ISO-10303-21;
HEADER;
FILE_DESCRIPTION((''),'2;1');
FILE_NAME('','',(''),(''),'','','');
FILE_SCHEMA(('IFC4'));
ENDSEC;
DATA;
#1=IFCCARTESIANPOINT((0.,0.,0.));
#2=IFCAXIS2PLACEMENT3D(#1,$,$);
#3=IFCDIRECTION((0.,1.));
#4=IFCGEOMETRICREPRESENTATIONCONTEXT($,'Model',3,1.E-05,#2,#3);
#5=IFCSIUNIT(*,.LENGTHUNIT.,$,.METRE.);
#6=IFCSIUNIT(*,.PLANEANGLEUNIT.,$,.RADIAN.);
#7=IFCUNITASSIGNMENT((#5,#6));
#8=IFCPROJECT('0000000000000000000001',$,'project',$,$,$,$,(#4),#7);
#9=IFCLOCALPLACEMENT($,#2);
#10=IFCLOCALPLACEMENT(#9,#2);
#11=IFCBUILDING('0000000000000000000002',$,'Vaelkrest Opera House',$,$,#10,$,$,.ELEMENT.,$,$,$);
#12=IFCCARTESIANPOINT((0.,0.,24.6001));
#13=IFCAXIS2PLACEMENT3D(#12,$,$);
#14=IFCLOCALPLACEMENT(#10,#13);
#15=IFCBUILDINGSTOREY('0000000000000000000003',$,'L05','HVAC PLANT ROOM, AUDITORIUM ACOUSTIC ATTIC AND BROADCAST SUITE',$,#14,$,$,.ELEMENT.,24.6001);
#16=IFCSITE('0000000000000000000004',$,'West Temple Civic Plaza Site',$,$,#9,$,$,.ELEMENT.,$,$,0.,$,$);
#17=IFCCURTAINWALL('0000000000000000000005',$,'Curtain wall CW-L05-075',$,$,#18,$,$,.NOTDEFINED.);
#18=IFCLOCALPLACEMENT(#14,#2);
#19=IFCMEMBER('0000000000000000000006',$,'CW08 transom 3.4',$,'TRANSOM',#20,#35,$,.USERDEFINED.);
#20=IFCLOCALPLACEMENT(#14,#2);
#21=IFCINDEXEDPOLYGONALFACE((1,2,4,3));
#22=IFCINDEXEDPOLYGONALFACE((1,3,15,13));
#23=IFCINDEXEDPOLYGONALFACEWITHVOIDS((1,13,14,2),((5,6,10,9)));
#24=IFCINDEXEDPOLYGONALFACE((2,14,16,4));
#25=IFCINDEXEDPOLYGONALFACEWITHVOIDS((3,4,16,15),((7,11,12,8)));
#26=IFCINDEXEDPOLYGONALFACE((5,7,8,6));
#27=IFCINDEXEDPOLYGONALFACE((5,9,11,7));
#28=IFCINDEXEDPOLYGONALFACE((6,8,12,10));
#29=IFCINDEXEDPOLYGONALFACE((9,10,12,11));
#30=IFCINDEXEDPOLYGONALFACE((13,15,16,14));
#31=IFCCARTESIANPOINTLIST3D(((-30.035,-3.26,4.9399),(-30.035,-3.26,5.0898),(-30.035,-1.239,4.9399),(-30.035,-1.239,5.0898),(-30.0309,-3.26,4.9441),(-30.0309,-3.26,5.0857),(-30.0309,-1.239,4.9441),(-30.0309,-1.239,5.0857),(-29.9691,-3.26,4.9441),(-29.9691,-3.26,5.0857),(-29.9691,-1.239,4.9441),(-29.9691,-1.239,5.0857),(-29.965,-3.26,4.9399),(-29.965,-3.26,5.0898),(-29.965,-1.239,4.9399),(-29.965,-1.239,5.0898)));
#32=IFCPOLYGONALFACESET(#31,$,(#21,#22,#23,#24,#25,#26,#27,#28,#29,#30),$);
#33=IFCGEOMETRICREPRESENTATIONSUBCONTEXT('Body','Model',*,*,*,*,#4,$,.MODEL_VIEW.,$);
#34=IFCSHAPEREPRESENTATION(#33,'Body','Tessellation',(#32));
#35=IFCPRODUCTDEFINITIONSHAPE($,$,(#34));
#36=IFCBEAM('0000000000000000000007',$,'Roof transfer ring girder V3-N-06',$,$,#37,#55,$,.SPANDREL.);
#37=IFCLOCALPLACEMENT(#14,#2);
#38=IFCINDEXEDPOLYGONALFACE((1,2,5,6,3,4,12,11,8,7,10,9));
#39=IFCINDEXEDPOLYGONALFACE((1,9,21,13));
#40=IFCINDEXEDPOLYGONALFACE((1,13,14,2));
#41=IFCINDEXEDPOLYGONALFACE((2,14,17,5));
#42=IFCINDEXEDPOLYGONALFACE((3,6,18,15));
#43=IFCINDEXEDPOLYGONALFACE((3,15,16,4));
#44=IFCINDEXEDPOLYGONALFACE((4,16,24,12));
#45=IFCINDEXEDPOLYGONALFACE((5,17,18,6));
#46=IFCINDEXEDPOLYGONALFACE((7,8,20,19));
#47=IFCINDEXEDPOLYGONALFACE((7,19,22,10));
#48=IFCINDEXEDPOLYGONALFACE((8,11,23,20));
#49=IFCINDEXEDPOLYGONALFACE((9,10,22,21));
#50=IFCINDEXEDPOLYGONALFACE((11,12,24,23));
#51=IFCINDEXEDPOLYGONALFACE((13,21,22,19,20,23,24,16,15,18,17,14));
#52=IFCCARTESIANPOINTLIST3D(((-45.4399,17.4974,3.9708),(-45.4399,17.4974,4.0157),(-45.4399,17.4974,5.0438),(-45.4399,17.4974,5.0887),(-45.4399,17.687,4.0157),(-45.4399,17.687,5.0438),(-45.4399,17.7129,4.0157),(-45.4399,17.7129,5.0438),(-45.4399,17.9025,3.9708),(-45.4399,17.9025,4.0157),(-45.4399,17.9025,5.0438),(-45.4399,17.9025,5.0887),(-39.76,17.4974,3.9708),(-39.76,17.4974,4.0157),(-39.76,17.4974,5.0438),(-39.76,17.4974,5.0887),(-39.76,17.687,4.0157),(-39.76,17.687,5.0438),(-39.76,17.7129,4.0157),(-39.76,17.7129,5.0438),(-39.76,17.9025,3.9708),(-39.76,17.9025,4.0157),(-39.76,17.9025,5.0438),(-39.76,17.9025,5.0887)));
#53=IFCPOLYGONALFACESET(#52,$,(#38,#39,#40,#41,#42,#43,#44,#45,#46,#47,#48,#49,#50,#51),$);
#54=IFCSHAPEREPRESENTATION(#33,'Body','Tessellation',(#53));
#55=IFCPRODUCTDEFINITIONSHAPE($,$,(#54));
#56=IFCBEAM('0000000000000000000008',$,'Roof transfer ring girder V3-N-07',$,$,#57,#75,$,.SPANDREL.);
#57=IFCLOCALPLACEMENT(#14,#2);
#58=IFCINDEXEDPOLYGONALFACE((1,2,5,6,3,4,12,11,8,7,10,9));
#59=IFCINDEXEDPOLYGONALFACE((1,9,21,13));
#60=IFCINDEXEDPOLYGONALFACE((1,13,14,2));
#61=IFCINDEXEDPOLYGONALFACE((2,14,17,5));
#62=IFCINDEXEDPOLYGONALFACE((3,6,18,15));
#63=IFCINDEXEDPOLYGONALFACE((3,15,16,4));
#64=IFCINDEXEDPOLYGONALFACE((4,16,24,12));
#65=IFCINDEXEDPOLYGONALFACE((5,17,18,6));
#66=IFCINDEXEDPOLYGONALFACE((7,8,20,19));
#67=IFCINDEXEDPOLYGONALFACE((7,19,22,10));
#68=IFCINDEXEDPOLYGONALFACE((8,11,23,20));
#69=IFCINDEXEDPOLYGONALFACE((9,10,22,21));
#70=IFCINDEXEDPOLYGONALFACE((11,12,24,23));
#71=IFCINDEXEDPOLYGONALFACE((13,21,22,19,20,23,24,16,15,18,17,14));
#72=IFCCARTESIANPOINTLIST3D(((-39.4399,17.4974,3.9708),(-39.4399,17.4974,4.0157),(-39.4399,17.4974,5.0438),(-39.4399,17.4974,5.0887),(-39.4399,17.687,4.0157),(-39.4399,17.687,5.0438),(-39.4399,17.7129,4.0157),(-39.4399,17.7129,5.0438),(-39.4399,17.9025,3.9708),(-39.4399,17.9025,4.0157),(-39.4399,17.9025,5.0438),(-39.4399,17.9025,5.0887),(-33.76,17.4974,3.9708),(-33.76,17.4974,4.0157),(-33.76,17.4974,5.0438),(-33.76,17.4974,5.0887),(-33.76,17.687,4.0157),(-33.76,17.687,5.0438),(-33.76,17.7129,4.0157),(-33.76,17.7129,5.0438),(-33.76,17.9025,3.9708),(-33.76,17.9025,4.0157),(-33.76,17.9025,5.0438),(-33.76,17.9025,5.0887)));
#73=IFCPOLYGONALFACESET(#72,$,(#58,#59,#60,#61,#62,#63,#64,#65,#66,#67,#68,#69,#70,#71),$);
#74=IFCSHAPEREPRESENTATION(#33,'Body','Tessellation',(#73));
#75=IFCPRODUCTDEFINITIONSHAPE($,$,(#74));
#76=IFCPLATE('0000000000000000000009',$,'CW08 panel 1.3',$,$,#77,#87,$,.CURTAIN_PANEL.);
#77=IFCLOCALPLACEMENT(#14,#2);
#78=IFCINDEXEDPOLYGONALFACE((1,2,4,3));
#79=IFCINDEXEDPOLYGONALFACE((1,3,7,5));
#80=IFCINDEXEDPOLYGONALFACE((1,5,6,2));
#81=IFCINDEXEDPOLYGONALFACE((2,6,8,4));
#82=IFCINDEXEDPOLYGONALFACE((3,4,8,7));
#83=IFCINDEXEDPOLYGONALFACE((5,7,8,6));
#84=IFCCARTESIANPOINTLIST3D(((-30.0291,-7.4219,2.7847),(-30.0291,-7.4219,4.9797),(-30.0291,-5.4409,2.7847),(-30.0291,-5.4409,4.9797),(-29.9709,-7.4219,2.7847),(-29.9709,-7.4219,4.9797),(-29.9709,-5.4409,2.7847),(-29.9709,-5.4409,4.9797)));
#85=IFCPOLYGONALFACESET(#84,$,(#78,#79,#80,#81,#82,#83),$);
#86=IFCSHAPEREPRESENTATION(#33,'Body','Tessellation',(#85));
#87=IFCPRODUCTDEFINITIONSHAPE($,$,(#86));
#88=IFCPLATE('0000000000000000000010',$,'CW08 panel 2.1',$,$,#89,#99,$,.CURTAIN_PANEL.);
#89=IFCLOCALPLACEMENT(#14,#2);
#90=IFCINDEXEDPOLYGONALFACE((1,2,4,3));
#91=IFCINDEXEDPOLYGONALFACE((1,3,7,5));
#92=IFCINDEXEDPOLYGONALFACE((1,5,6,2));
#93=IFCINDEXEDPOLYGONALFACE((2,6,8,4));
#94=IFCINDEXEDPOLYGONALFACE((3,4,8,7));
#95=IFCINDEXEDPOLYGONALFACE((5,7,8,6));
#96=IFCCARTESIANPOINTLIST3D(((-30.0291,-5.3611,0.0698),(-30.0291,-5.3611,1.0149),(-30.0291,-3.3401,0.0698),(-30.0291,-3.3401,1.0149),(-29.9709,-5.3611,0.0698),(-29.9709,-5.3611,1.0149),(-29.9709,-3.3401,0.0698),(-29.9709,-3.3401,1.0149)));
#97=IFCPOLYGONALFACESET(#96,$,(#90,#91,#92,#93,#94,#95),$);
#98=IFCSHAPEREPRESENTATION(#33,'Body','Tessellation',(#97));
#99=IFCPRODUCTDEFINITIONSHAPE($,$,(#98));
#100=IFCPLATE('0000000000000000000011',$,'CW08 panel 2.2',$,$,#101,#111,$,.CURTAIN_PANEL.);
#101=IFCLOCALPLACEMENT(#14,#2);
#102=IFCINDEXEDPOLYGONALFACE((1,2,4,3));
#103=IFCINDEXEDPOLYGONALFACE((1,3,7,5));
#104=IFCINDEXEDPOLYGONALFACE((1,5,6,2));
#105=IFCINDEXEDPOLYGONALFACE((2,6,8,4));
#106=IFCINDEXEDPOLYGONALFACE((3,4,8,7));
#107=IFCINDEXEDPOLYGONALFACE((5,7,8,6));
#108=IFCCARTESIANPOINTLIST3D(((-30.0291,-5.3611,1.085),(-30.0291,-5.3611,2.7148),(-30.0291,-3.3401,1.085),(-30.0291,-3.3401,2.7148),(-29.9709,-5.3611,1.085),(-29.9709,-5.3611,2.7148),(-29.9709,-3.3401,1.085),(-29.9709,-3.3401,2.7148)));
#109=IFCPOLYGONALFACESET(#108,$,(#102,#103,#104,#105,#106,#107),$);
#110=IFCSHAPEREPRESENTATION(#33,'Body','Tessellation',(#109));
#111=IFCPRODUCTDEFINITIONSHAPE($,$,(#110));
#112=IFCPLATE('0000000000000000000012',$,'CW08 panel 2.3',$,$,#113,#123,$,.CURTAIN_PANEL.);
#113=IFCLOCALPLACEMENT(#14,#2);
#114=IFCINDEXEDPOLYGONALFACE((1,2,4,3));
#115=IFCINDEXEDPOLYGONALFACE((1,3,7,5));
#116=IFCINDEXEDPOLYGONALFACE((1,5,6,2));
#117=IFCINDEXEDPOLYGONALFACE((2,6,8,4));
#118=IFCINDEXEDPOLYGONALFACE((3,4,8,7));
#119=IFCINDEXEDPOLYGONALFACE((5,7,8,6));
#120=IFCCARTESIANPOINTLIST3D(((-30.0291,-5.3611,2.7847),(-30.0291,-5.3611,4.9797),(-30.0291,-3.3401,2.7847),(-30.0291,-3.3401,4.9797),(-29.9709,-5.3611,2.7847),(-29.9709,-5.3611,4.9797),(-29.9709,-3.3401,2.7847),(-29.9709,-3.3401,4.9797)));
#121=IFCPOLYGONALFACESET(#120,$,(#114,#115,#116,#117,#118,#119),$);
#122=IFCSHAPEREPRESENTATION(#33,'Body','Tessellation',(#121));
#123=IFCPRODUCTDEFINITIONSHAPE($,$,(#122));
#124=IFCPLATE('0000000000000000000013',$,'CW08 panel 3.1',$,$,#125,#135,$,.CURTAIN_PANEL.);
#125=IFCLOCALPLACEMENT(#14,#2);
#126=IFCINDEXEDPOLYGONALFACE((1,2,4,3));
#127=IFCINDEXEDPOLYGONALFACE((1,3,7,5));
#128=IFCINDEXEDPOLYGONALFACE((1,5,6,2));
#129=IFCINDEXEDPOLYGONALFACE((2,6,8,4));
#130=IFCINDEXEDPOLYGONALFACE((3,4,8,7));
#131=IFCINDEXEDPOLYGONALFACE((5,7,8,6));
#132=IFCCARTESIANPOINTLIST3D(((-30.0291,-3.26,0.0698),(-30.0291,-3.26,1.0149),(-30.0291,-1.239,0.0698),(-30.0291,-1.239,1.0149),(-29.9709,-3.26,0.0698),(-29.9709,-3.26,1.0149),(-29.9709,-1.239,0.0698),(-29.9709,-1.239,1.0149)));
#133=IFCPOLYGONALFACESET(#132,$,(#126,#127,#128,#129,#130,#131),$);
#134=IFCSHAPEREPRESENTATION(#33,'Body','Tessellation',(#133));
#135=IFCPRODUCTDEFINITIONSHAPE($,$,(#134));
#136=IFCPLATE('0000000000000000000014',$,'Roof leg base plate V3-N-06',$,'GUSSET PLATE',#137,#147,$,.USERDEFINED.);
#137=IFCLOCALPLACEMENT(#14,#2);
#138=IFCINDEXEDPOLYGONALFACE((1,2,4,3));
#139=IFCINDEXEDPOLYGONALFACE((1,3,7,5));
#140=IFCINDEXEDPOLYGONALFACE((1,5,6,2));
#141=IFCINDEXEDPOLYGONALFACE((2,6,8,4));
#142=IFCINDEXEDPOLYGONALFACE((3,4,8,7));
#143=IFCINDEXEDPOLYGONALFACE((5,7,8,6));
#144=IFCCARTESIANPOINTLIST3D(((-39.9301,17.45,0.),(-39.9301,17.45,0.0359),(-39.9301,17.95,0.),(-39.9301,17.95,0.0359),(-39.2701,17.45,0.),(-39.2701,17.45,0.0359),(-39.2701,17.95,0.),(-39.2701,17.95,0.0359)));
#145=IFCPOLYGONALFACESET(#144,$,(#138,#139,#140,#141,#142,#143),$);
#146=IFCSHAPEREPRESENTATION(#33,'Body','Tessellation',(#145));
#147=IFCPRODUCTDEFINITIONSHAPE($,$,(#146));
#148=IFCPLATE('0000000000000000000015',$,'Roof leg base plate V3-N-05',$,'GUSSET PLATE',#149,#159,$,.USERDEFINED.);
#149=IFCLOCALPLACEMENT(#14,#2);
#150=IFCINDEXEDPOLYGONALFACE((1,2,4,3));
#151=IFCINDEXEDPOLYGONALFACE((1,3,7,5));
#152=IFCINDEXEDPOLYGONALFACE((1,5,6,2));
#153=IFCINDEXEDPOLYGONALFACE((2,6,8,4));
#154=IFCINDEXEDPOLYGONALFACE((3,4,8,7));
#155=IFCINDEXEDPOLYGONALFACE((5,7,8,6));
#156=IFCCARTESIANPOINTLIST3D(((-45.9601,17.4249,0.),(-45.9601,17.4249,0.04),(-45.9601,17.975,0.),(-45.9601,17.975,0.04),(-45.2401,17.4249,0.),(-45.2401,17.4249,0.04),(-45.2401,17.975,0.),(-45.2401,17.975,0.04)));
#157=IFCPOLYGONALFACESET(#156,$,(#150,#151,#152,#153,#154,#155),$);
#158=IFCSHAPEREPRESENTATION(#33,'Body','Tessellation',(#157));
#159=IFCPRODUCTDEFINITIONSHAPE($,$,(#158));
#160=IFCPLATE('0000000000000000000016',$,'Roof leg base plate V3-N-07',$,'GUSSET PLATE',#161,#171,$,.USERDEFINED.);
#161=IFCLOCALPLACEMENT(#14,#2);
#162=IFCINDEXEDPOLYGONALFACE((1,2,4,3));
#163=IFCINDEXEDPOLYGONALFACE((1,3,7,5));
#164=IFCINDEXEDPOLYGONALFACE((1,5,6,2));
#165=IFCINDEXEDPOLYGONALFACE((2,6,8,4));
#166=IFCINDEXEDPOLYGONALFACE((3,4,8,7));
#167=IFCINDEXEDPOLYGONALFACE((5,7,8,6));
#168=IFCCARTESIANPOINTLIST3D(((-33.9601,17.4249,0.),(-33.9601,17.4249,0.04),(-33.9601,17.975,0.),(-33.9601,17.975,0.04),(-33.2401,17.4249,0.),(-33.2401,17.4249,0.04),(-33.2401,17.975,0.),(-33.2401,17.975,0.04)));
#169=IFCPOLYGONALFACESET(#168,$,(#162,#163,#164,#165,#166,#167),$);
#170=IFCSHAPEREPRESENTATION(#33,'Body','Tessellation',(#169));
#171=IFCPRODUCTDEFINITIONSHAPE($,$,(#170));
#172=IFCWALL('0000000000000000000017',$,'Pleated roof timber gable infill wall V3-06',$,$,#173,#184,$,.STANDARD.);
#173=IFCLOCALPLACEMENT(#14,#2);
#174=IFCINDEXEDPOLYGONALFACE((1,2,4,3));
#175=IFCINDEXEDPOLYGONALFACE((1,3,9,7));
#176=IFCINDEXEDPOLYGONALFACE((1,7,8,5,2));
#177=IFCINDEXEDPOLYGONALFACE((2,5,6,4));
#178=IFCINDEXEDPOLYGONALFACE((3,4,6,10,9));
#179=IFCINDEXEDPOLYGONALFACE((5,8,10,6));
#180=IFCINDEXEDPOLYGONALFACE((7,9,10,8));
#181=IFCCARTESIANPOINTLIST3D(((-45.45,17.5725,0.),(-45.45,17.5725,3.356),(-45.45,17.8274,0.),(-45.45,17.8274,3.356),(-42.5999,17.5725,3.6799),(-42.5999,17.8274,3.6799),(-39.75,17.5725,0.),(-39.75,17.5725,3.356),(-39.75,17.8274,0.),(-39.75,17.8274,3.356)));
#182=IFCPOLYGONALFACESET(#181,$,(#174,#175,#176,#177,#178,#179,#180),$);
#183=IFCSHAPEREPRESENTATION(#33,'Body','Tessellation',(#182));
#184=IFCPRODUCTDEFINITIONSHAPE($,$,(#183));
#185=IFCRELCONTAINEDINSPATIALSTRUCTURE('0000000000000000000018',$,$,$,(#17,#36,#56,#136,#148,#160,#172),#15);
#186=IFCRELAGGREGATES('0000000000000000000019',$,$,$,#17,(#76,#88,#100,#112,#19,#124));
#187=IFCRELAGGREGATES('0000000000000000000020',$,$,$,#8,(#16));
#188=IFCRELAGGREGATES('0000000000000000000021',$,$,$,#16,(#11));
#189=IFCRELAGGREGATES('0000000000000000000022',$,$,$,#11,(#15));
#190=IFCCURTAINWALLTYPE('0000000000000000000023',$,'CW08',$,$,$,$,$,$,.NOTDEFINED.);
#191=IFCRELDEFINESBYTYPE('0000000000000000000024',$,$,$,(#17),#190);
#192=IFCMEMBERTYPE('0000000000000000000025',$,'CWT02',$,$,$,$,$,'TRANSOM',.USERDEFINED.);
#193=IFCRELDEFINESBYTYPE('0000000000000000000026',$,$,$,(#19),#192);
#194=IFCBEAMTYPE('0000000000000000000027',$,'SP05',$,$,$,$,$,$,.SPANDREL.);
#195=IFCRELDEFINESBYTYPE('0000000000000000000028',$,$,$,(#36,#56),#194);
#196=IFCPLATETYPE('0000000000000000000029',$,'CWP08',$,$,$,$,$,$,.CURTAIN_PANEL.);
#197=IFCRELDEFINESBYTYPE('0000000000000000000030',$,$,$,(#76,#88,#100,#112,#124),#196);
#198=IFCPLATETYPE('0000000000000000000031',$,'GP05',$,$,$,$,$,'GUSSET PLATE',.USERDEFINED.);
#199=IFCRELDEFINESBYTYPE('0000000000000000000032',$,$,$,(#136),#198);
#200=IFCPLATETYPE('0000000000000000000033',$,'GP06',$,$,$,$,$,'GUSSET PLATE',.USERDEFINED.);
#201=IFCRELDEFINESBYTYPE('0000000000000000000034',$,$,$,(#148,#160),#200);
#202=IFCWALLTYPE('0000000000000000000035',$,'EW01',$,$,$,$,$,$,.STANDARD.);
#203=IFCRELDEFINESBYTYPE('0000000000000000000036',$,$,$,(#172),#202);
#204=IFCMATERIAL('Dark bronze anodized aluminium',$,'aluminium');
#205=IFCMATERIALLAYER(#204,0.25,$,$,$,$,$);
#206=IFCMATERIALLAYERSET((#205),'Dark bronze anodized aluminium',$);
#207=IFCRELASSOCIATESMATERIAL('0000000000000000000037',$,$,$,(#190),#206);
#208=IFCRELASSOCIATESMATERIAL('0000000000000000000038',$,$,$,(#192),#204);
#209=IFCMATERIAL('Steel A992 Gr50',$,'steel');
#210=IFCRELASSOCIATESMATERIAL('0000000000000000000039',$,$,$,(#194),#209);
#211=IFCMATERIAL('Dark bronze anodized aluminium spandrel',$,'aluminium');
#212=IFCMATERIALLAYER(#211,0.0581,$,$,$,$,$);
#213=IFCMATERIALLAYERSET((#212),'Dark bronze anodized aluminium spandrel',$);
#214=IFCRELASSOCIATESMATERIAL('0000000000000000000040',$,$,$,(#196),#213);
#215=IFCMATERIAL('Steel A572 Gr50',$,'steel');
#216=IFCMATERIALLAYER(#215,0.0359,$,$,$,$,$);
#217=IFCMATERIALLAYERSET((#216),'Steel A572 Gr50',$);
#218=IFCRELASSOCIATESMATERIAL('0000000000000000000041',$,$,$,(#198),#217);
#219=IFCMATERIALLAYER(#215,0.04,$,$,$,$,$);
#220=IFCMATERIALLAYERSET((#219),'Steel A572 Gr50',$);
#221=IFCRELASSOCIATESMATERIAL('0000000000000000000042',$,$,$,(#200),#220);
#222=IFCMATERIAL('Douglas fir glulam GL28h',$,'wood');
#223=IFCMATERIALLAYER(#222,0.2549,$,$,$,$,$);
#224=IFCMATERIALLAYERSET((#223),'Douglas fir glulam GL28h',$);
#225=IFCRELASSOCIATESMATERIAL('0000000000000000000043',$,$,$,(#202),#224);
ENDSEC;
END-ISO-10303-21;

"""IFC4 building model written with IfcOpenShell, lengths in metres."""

from ifc_helpers import new_model, si_unit, direction, frame, origin, origin_2d, place, context, subcontext, project, spatial, polyline, rectangle, hollow_rectangle, i_section, outline, extrude, material, layer, layer_set, material_profile, profile_set, type_object, element, aggregate, save


model = new_model("IFC4")

# Units and contexts
model_context = context("Model", 3, precision=1e-05, world=origin(), true_north=direction((0.0, 1.0)))
body_context = subcontext(model_context, "Body", "Model", "MODEL_VIEW")
ifc_project = project(units=[si_unit("LENGTHUNIT", "METRE"), si_unit("PLANEANGLEUNIT", "RADIAN")], contexts=[model_context])

# Site, building, storey
site_placement = place(None, origin())
site = spatial("IfcSite", under=ifc_project, at=site_placement, Name="West Temple Civic Plaza Site", CompositionType="ELEMENT", RefElevation=0.0)
building_placement = place(site_placement, origin())
building = spatial("IfcBuilding", under=site, at=building_placement, Name="Vaelkrest Opera House", CompositionType="ELEMENT")
storey_placement = place(building_placement, frame((0.0, 0.0, 24.6001)))
storey = spatial("IfcBuildingStorey", under=building, at=storey_placement, Name="L05", Description="HVAC PLANT ROOM, AUDITORIUM ACOUSTIC ATTIC AND BROADCAST SUITE", CompositionType="ELEMENT", Elevation=24.6001)

# Curtain wall, member
ifc_material_1 = material(Name="Dark bronze anodized aluminium", Category="aluminium")
ifc_layer_1 = layer(ifc_material_1, 0.25)
ifc_layer_set_1 = layer_set([ifc_layer_1], Name="Dark bronze anodized aluminium")
curtain_wall_type = type_object("IfcCurtainWallType", Name="CW08", PredefinedType="NOTDEFINED", material=ifc_layer_set_1)
curtain_wall_placement = place(storey_placement, origin())
curtain_wall = element("IfcCurtainWall", 1, at=curtain_wall_placement, inside=storey, type_object=curtain_wall_type, Name="Curtain wall CW-L05-075", PredefinedType="NOTDEFINED")
ifc_material_profile_1 = material_profile(ifc_material_1, hollow_rectangle(XDim=0.0701, YDim=0.1499, WallThickness=0.0042, at=origin_2d()), Name="CWT70X150")
ifc_profile_set_1 = profile_set([ifc_material_profile_1], Name="Dark bronze anodized aluminium")
member_type_1 = type_object("IfcMemberType", Name="CWT02", ElementType="TRANSOM", PredefinedType="USERDEFINED", material=ifc_profile_set_1)
member_1_placement = place(storey_placement, frame((-30.0, -3.26, 5.0149), z_axis=(0.0, 1.0, 0.0), x_axis=(-1.0, 0.0, 0.0)))
member_1 = element("IfcMember", 2, at=member_1_placement, type_object=member_type_1, Name="CW08 transom 3.4", ObjectType="TRANSOM", PredefinedType="USERDEFINED", context=body_context, shape_type="SweptSolid", body=[
    extrude(hollow_rectangle(XDim=0.0701, YDim=0.1499, WallThickness=0.0042, at=origin_2d()), origin(), (0.0, 0.0, 1.0), 2.021),
])

# Beams
ifc_material_2 = material(Name="Steel A992 Gr50", Category="steel")
ifc_material_profile_2 = material_profile(ifc_material_2, i_section(OverallWidth=0.405, OverallDepth=1.1179, WebThickness=0.0259, FlangeThickness=0.0449, at=origin_2d()), Name="W44X335")
ifc_profile_set_2 = profile_set([ifc_material_profile_2], Name="Steel A992 Gr50")
beam_type = type_object("IfcBeamType", Name="SP05", PredefinedType="SPANDREL", material=ifc_profile_set_2)
for number, where, z_axis, x_axis, name in (
    (3, (-45.4399, 17.7, 4.5298), (1.0, 0.0, 0.0), (0.0, 1.0, 0.0), "Roof transfer ring girder V3-N-06"),
    (4, (-39.4399, 17.7, 4.5298), (1.0, 0.0, 0.0), (0.0, 1.0, 0.0), "Roof transfer ring girder V3-N-07"),
):
    element("IfcBeam", number, at=place(storey_placement, frame(where, z_axis=z_axis, x_axis=x_axis)), inside=storey, type_object=beam_type, Name=name, PredefinedType="SPANDREL", context=body_context, shape_type="SweptSolid", body=[
        extrude(i_section(OverallWidth=0.405, OverallDepth=1.1179, WebThickness=0.0259, FlangeThickness=0.0449, at=origin_2d()), origin(), (0.0, 0.0, 1.0), 5.6799),
    ])

# Plates
ifc_material_3 = material(Name="Dark bronze anodized aluminium spandrel", Category="aluminium")
ifc_layer_2 = layer(ifc_material_3, 0.0581)
ifc_layer_set_2 = layer_set([ifc_layer_2], Name="Dark bronze anodized aluminium spandrel")
plate_type_1 = type_object("IfcPlateType", Name="CWP08", PredefinedType="CURTAIN_PANEL", material=ifc_layer_set_2)
plate_1_placement = place(storey_placement, frame((-30.0, -6.4314, 2.7847), z_axis=(0.0, 0.0, 1.0), x_axis=(0.0, 1.0, 0.0)))
plate_1 = element("IfcPlate", 5, at=plate_1_placement, type_object=plate_type_1, Name="CW08 panel 1.3", PredefinedType="CURTAIN_PANEL", context=body_context, shape_type="SweptSolid", body=[
    extrude(rectangle(XDim=1.981, YDim=0.0581, at=origin_2d()), origin(), (0.0, 0.0, 1.0), 2.1951),
])
plate_2_placement = place(storey_placement, frame((-30.0, -4.3506, 0.0698), z_axis=(0.0, 0.0, 1.0), x_axis=(0.0, 1.0, 0.0)))
plate_2 = element("IfcPlate", 6, at=plate_2_placement, type_object=plate_type_1, Name="CW08 panel 2.1", PredefinedType="CURTAIN_PANEL", context=body_context, shape_type="SweptSolid", body=[
    extrude(rectangle(XDim=2.021, YDim=0.0581, at=origin_2d()), origin(), (0.0, 0.0, 1.0), 0.9451),
])
plate_3_placement = place(storey_placement, frame((-30.0, -4.3506, 1.085), z_axis=(0.0, 0.0, 1.0), x_axis=(0.0, 1.0, 0.0)))
plate_3 = element("IfcPlate", 7, at=plate_3_placement, type_object=plate_type_1, Name="CW08 panel 2.2", PredefinedType="CURTAIN_PANEL", context=body_context, shape_type="SweptSolid", body=[
    extrude(rectangle(XDim=2.021, YDim=0.0581, at=origin_2d()), origin(), (0.0, 0.0, 1.0), 1.6299),
])
plate_4_placement = place(storey_placement, frame((-30.0, -4.3506, 2.7847), z_axis=(0.0, 0.0, 1.0), x_axis=(0.0, 1.0, 0.0)))
plate_4 = element("IfcPlate", 8, at=plate_4_placement, type_object=plate_type_1, Name="CW08 panel 2.3", PredefinedType="CURTAIN_PANEL", context=body_context, shape_type="SweptSolid", body=[
    extrude(rectangle(XDim=2.021, YDim=0.0581, at=origin_2d()), origin(), (0.0, 0.0, 1.0), 2.1951),
])
plate_5_placement = place(storey_placement, frame((-30.0, -2.2495, 0.0698), z_axis=(0.0, 0.0, 1.0), x_axis=(0.0, 1.0, 0.0)))
plate_5 = element("IfcPlate", 9, at=plate_5_placement, type_object=plate_type_1, Name="CW08 panel 3.1", PredefinedType="CURTAIN_PANEL", context=body_context, shape_type="SweptSolid", body=[
    extrude(rectangle(XDim=2.021, YDim=0.0581, at=origin_2d()), origin(), (0.0, 0.0, 1.0), 0.9451),
])
aggregate(curtain_wall, [plate_1, plate_2, plate_3, plate_4, member_1, plate_5])

# Plates
ifc_material_4 = material(Name="Steel A572 Gr50", Category="steel")
ifc_layer_3 = layer(ifc_material_4, 0.0359)
ifc_layer_set_3 = layer_set([ifc_layer_3], Name="Steel A572 Gr50")
plate_type_2 = type_object("IfcPlateType", Name="GP05", ElementType="GUSSET PLATE", PredefinedType="USERDEFINED", material=ifc_layer_set_3)
plate_6_placement = place(storey_placement, frame((-39.6001, 17.7, 0.0), z_axis=(0.0, 0.0, 1.0), x_axis=(1.0, 0.0, 0.0)))
element("IfcPlate", 10, at=plate_6_placement, inside=storey, type_object=plate_type_2, Name="Roof leg base plate V3-N-06", ObjectType="GUSSET PLATE", PredefinedType="USERDEFINED", context=body_context, shape_type="SweptSolid", body=[
    extrude(rectangle(XDim=0.6599, YDim=0.5, at=origin_2d()), origin(), (0.0, 0.0, 1.0), 0.0359),
])
ifc_layer_4 = layer(ifc_material_4, 0.04)
ifc_layer_set_4 = layer_set([ifc_layer_4], Name="Steel A572 Gr50")
plate_type_3 = type_object("IfcPlateType", Name="GP06", ElementType="GUSSET PLATE", PredefinedType="USERDEFINED", material=ifc_layer_set_4)
for number, where, z_axis, x_axis, name in (
    (11, (-45.6001, 17.7, 0.0), (0.0, 0.0, 1.0), (1.0, 0.0, 0.0), "Roof leg base plate V3-N-05"),
    (12, (-33.6001, 17.7, 0.0), (0.0, 0.0, 1.0), (1.0, 0.0, 0.0), "Roof leg base plate V3-N-07"),
):
    element("IfcPlate", number, at=place(storey_placement, frame(where, z_axis=z_axis, x_axis=x_axis)), inside=storey, type_object=plate_type_3, Name=name, ObjectType="GUSSET PLATE", PredefinedType="USERDEFINED", context=body_context, shape_type="SweptSolid", body=[
        extrude(rectangle(XDim=0.72, YDim=0.55, at=origin_2d()), origin(), (0.0, 0.0, 1.0), 0.04),
    ])

# Wall
ifc_material_5 = material(Name="Douglas fir glulam GL28h", Category="wood")
ifc_layer_5 = layer(ifc_material_5, 0.2549)
ifc_layer_set_5 = layer_set([ifc_layer_5], Name="Douglas fir glulam GL28h")
wall_type = type_object("IfcWallType", Name="EW01", PredefinedType="STANDARD", material=ifc_layer_set_5)
for number, where, z_axis, x_axis, name in (
    (13, (-45.45, 17.7, 0.0), (0.0, 0.0, 1.0), (1.0, 0.0, 0.0), "Pleated roof timber gable infill wall V3-06"),
):
    element("IfcWall", number, at=place(storey_placement, frame(where, z_axis=z_axis, x_axis=x_axis)), inside=storey, type_object=wall_type, Name=name, PredefinedType="STANDARD", context=body_context, shape_type="SweptSolid", body=[
        extrude(outline(polyline([(0.0, 0.0), (5.7, 0.0), (5.7, 3.356), (2.8501, 3.6799), (0.0, 3.356), (0.0, 0.0)])), frame((0.0, 0.1274, 0.0), z_axis=(0.0, -1.0, 0.0), x_axis=(1.0, 0.0, 0.0)), (0.0, 0.0, 1.0), 0.2549),
    ])

save(model, "model.ifc")
